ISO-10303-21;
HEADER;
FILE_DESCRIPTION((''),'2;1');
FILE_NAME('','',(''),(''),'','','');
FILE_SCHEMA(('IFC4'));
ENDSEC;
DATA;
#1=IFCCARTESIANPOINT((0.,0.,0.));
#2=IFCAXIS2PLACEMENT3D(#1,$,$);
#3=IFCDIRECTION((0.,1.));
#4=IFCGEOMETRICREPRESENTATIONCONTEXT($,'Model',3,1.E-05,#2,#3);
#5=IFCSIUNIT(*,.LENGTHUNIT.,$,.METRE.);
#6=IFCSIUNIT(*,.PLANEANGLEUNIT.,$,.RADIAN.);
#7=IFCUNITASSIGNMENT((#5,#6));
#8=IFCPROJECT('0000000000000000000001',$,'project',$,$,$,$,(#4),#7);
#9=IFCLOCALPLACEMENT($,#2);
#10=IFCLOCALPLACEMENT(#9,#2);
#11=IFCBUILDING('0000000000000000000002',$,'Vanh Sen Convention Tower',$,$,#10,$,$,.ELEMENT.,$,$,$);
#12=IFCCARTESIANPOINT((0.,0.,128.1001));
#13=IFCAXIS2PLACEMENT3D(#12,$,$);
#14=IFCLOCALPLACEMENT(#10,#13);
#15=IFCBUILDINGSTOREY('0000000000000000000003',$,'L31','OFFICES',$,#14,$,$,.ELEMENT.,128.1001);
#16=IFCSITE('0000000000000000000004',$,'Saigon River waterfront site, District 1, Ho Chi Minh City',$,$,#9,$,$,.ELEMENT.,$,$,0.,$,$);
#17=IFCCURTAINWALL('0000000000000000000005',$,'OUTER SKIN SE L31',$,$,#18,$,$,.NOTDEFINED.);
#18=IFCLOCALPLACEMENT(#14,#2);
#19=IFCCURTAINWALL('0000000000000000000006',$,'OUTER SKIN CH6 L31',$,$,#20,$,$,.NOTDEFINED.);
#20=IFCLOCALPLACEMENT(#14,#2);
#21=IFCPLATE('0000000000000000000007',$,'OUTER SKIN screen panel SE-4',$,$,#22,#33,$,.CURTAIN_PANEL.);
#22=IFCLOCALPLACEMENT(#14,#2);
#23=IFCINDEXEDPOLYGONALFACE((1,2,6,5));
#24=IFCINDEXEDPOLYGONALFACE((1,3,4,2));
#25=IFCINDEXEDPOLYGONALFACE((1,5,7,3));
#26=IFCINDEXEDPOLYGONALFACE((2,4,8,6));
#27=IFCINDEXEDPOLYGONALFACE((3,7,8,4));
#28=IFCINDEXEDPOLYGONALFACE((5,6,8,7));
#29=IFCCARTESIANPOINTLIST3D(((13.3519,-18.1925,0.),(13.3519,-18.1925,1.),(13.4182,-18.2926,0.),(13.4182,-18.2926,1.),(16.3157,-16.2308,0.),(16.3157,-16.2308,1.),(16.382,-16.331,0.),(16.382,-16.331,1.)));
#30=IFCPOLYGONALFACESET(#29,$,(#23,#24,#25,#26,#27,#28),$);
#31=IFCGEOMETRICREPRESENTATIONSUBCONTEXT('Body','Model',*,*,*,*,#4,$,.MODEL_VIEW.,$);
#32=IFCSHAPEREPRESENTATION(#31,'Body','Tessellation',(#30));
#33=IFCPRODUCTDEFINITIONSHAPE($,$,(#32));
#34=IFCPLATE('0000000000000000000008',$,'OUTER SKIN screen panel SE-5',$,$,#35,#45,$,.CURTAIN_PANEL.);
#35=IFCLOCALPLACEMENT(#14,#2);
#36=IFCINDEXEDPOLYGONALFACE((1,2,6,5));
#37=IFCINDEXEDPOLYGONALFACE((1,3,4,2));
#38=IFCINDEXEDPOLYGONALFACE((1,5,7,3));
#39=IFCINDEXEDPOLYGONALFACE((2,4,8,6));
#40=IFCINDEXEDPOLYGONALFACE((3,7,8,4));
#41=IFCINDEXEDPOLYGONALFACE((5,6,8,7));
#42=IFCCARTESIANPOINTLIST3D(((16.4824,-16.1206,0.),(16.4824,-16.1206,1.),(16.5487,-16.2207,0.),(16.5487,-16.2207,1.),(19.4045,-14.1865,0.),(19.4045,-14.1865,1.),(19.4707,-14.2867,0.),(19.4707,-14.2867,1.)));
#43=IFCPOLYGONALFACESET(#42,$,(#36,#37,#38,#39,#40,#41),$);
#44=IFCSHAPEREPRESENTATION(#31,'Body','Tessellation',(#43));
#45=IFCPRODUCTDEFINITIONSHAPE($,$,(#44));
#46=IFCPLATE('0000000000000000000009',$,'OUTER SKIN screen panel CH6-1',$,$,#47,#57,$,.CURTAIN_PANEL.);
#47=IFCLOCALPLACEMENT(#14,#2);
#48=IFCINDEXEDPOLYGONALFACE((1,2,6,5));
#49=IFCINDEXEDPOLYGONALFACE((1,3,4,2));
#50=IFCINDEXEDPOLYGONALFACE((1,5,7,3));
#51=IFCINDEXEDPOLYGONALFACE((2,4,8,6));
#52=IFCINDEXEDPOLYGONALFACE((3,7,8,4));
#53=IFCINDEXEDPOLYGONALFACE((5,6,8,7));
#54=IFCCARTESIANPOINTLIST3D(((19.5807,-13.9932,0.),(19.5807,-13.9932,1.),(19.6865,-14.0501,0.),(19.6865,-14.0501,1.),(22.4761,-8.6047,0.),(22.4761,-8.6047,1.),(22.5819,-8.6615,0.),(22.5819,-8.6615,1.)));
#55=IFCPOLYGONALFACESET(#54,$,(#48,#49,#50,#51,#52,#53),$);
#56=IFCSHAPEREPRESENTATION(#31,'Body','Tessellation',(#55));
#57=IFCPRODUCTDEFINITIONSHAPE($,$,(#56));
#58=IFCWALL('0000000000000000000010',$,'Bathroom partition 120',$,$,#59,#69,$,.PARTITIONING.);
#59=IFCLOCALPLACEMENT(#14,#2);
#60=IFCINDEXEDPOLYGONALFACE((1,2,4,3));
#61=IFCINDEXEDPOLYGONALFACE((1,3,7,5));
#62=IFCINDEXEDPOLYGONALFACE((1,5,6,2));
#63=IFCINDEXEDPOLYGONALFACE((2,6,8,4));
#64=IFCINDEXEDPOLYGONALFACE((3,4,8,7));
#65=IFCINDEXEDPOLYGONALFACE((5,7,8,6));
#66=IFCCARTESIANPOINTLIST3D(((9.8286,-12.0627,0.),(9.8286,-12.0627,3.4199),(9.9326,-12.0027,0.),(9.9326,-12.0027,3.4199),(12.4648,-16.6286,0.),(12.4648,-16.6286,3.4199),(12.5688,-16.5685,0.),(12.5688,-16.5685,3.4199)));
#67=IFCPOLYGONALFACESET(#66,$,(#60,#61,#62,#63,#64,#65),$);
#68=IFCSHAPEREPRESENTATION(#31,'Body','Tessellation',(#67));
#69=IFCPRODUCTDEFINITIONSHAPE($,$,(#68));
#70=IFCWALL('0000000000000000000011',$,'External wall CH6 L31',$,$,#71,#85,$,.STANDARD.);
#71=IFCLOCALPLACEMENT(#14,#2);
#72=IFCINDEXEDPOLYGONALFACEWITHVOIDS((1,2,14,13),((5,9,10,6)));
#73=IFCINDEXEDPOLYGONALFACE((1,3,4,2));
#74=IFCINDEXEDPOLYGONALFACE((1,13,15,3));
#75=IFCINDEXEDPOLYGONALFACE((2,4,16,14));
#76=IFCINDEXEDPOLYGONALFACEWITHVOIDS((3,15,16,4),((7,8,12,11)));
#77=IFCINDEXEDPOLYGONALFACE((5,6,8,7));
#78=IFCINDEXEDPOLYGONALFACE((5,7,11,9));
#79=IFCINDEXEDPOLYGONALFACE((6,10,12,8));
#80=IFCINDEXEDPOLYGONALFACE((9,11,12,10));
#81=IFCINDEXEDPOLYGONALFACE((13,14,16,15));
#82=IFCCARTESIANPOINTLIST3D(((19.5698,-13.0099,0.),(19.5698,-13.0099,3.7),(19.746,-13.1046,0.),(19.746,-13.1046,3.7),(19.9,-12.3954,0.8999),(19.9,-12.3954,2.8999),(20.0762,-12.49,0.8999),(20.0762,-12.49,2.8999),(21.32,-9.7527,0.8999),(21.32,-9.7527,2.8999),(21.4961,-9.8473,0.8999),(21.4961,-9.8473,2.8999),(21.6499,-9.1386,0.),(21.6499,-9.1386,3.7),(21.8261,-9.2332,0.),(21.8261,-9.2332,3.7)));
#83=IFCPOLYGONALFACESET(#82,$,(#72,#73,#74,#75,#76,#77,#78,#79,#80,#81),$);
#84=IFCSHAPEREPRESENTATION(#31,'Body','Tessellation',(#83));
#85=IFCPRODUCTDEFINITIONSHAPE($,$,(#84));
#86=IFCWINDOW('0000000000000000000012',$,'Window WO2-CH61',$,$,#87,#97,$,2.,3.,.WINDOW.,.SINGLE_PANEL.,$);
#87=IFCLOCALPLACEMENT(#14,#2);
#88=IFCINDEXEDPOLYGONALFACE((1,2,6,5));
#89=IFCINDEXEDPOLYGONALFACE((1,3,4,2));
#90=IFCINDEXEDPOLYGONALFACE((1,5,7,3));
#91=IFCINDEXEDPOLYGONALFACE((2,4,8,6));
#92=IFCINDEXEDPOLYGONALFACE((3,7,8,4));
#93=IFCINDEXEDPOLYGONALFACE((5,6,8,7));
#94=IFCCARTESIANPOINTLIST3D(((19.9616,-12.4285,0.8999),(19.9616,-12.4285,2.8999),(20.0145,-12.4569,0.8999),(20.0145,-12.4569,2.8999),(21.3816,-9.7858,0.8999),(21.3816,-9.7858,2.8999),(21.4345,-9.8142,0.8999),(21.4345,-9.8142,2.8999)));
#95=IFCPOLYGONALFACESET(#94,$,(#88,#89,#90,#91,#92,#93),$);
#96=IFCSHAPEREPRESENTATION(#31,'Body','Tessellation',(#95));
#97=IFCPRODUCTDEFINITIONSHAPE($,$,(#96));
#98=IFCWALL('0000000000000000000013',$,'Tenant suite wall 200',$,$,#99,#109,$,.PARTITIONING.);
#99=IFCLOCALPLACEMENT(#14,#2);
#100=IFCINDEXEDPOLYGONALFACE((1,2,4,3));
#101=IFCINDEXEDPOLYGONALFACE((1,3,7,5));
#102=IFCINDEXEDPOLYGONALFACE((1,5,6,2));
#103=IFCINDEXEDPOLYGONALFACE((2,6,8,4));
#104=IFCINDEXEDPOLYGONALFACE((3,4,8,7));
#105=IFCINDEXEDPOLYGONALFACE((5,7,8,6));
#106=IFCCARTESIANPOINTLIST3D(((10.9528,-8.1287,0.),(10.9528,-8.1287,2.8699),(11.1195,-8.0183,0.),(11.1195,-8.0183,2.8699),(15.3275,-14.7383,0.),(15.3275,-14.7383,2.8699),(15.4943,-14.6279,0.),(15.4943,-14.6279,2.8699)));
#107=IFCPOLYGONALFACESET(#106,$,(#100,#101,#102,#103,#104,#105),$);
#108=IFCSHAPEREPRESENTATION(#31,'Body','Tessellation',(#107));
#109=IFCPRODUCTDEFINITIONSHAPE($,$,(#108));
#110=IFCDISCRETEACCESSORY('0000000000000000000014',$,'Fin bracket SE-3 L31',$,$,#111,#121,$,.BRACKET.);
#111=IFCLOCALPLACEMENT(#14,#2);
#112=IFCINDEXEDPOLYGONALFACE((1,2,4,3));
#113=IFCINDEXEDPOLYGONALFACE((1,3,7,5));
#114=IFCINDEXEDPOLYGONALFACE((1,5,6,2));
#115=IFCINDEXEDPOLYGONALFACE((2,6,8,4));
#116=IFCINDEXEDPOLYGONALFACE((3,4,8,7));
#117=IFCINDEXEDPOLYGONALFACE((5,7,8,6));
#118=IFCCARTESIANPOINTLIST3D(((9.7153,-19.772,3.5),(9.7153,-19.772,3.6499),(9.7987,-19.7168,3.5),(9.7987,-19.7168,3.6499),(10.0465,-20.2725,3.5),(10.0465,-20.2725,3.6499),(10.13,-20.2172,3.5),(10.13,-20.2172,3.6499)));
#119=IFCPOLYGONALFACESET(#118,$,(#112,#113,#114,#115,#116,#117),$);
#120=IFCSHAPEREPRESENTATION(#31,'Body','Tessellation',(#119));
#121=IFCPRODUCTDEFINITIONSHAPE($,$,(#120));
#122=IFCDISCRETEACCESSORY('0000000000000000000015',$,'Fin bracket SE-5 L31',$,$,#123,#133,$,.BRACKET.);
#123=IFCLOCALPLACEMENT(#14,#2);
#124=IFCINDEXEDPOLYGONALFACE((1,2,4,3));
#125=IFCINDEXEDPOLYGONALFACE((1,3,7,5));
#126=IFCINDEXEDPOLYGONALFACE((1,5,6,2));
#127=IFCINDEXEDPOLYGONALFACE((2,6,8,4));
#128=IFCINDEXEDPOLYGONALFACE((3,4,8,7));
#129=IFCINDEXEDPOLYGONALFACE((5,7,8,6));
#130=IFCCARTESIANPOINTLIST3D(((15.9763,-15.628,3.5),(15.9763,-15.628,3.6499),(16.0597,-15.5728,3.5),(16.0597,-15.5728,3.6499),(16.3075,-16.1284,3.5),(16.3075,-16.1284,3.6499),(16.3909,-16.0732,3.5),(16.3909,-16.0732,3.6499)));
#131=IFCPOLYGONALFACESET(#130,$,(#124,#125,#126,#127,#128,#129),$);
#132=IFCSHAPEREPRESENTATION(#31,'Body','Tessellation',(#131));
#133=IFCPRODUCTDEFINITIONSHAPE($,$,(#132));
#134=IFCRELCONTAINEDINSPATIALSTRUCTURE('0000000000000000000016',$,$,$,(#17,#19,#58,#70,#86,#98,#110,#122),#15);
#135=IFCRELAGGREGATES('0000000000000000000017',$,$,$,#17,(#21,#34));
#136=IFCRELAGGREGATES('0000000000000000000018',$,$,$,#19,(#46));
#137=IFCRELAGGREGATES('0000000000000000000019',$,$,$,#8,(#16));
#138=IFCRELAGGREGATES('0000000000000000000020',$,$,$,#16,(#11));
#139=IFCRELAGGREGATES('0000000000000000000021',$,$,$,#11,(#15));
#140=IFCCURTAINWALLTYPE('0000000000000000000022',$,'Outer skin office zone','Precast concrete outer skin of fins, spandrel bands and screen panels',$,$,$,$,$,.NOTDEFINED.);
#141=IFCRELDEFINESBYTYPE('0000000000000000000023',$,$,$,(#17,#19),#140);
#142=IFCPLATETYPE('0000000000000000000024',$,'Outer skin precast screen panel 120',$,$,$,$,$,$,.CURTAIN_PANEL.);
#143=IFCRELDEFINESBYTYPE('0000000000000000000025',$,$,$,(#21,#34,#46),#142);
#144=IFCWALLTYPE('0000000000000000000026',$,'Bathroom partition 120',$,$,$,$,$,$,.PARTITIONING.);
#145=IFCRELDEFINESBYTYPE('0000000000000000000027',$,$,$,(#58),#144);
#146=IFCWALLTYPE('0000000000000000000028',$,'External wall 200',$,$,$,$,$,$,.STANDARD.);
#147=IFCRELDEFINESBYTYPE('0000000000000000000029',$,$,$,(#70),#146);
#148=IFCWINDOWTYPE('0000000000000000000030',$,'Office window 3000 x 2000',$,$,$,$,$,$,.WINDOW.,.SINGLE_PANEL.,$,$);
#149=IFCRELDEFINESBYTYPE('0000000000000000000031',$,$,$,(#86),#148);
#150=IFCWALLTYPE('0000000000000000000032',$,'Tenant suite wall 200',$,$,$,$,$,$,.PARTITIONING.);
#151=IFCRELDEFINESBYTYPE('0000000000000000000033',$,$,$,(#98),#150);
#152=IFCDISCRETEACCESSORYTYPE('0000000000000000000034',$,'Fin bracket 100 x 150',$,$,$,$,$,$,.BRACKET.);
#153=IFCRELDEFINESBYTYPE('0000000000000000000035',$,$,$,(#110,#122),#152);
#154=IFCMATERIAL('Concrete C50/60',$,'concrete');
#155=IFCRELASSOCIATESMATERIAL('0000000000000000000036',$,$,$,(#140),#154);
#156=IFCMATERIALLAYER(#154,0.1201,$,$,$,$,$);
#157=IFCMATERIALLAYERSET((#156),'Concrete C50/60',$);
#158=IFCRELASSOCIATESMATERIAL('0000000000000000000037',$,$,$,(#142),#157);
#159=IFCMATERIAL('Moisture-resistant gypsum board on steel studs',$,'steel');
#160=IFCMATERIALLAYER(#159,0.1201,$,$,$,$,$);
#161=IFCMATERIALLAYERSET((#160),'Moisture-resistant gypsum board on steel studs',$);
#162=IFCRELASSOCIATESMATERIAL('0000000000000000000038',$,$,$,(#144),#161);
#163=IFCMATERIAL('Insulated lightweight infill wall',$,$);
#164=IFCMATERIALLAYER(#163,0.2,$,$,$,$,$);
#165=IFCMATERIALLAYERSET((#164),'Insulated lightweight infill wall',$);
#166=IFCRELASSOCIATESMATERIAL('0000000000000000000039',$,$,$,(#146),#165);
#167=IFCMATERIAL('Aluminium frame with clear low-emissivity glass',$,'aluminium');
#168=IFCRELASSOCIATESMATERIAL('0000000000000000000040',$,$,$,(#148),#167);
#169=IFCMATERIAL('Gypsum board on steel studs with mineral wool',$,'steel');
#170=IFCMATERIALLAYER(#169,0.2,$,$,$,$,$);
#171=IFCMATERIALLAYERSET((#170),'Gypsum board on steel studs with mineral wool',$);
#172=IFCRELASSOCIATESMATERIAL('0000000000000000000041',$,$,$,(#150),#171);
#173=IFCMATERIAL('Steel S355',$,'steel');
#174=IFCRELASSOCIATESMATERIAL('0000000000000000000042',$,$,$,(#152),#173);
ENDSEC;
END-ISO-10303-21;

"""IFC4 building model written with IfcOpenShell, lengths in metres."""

from ifc_helpers import new_model, si_unit, direction, frame, frame_2d, origin, origin_2d, place, context, subcontext, project, spatial, rectangle, extrude, material, layer, layer_set, type_object, element, fill, aggregate, save


model = new_model("IFC4")

# Units and contexts
model_context = context("Model", 3, precision=1e-05, world=origin(), true_north=direction((0.0, 1.0)))
body_context = subcontext(model_context, "Body", "Model", "MODEL_VIEW")
ifc_project = project(units=[si_unit("LENGTHUNIT", "METRE"), si_unit("PLANEANGLEUNIT", "RADIAN")], contexts=[model_context])

# Site, building, storey
site_placement = place(None, origin())
site = spatial("IfcSite", under=ifc_project, at=site_placement, Name="Saigon River waterfront site, District 1, Ho Chi Minh City", CompositionType="ELEMENT", RefElevation=0.0)
building_placement = place(site_placement, origin())
building = spatial("IfcBuilding", under=site, at=building_placement, Name="Vanh Sen Convention Tower", CompositionType="ELEMENT")
storey_placement = place(building_placement, frame((0.0, 0.0, 128.1001)))
storey = spatial("IfcBuildingStorey", under=building, at=storey_placement, Name="L31", Description="OFFICES", CompositionType="ELEMENT", Elevation=128.1001)

# Curtain wall
ifc_material_1 = material(Name="Concrete C50/60", Category="concrete")
curtain_wall_type = type_object("IfcCurtainWallType", Name="Outer skin office zone", Description="Precast concrete outer skin of fins, spandrel bands and screen panels", PredefinedType="NOTDEFINED", material=ifc_material_1)
curtain_wall_1_placement = place(storey_placement, origin())
curtain_wall_1 = element("IfcCurtainWall", 1, at=curtain_wall_1_placement, inside=storey, type_object=curtain_wall_type, Name="OUTER SKIN SE L31", PredefinedType="NOTDEFINED")

# Curtain wall
curtain_wall_2_placement = place(storey_placement, origin())
curtain_wall_2 = element("IfcCurtainWall", 2, at=curtain_wall_2_placement, inside=storey, type_object=curtain_wall_type, Name="OUTER SKIN CH6 L31", PredefinedType="NOTDEFINED")

# Plates
ifc_layer_1 = layer(ifc_material_1, 0.1201)
ifc_layer_set_1 = layer_set([ifc_layer_1], Name="Concrete C50/60")
plate_type = type_object("IfcPlateType", Name="Outer skin precast screen panel 120", PredefinedType="CURTAIN_PANEL", material=ifc_layer_set_1)
plate_1_placement = place(storey_placement, frame((14.8669, -17.2617, 0.0), z_axis=(0.0, 0.0, 1.0), x_axis=(0.83389, 0.551931, 0.0)))
plate_1 = element("IfcPlate", 3, at=plate_1_placement, type_object=plate_type, Name="OUTER SKIN screen panel SE-4", PredefinedType="CURTAIN_PANEL", context=body_context, shape_type="SweptSolid", body=[
    extrude(rectangle(XDim=3.5542, YDim=0.1201, at=origin_2d()), origin(), (0.0, 0.0, 1.0), 1.0),
])
plate_2_placement = place(storey_placement, frame((17.9766, -15.2036, 0.0), z_axis=(0.0, 0.0, 1.0), x_axis=(0.83389, 0.551931, 0.0)))
plate_2 = element("IfcPlate", 4, at=plate_2_placement, type_object=plate_type, Name="OUTER SKIN screen panel SE-5", PredefinedType="CURTAIN_PANEL", context=body_context, shape_type="SweptSolid", body=[
    extrude(rectangle(XDim=3.5042, YDim=0.1201, at=origin_2d()), origin(), (0.0, 0.0, 1.0), 1.0),
])
aggregate(curtain_wall_1, [plate_1, plate_2])
plate_3_placement = place(storey_placement, frame((21.0813, -11.3274, 0.0), z_axis=(0.0, 0.0, 1.0), x_axis=(0.473321, 0.88089, 0.0)))
plate_3 = element("IfcPlate", 5, at=plate_3_placement, type_object=plate_type, Name="OUTER SKIN screen panel CH6-1", PredefinedType="CURTAIN_PANEL", context=body_context, shape_type="SweptSolid", body=[
    extrude(rectangle(XDim=6.1172, YDim=0.1201, at=origin_2d()), origin(), (0.0, 0.0, 1.0), 1.0),
])
aggregate(curtain_wall_2, [plate_3])

# Wall
ifc_material_2 = material(Name="Moisture-resistant gypsum board on steel studs", Category="steel")
ifc_layer_2 = layer(ifc_material_2, 0.1201)
ifc_layer_set_2 = layer_set([ifc_layer_2], Name="Moisture-resistant gypsum board on steel studs")
wall_type_1 = type_object("IfcWallType", Name="Bathroom partition 120", PredefinedType="PARTITIONING", material=ifc_layer_set_2)
wall_1_placement = place(storey_placement, frame((12.5168, -16.5986, 0.0), z_axis=(0.0, 0.0, 1.0), x_axis=(-0.500014, 0.866017, 0.0)))
element("IfcWall", 6, at=wall_1_placement, inside=storey, type_object=wall_type_1, Name="Bathroom partition 120", PredefinedType="PARTITIONING", context=body_context, shape_type="SweptSolid", body=[
    extrude(rectangle(XDim=5.2722, YDim=0.1201, at=frame_2d((2.6362, 0.0))), origin(), (0.0, 0.0, 1.0), 3.4199),
])

# Wall, opening, window
ifc_material_3 = material(Name="Insulated lightweight infill wall")
ifc_layer_3 = layer(ifc_material_3, 0.2)
ifc_layer_set_3 = layer_set([ifc_layer_3], Name="Insulated lightweight infill wall")
wall_type_2 = type_object("IfcWallType", Name="External wall 200", PredefinedType="STANDARD", material=ifc_layer_set_3)
wall_2_placement = place(storey_placement, frame((19.658, -13.0571, 0.0), z_axis=(0.0, 0.0, 1.0), x_axis=(0.473308, 0.880897, 0.0)))
wall_2 = element("IfcWall", 7, at=wall_2_placement, inside=storey, type_object=wall_type_2, Name="External wall CH6 L31", PredefinedType="STANDARD", context=body_context, shape_type="SweptSolid", body=[
    extrude(rectangle(XDim=4.3948, YDim=0.2, at=frame_2d((2.1973, 0.0))), origin(), (0.0, 0.0, 1.0), 3.7),
])
opening_placement = place(wall_2_placement, frame((0.6975, 0.0, 0.8999)))
opening = element("IfcOpeningElement", 8, at=opening_placement, cuts=wall_2, PredefinedType="OPENING", context=body_context, shape_type="SweptSolid", body=[
    extrude(rectangle(XDim=3.0, YDim=2.0, at=frame_2d((1.5, 1.0))), frame((0.0, 0.1099, 0.0), z_axis=(0.0, -1.0, 0.0), x_axis=(1.0, 0.0, 0.0)), (0.0, 0.0, 1.0), 0.22),
])
ifc_material_4 = material(Name="Aluminium frame with clear low-emissivity glass", Category="aluminium")
window_type = type_object("IfcWindowType", Name="Office window 3000 x 2000", PartitioningType="SINGLE_PANEL", PredefinedType="WINDOW", material=ifc_material_4)
window_placement = place(opening_placement, origin())
window = element("IfcWindow", 9, at=window_placement, inside=storey, type_object=window_type, Name="Window WO2-CH61", OverallHeight=2.0, OverallWidth=3.0, PartitioningType="SINGLE_PANEL", PredefinedType="WINDOW", context=body_context, shape_type="SweptSolid", body=[
    extrude(rectangle(XDim=3.0, YDim=2.0, at=frame_2d((1.5, 1.0))), frame((0.0, 0.03, 0.0), z_axis=(0.0, -1.0, 0.0), x_axis=(1.0, 0.0, 0.0)), (0.0, 0.0, 1.0), 0.0601),
])
fill(opening, window)

# Wall
ifc_material_5 = material(Name="Gypsum board on steel studs with mineral wool", Category="steel")
ifc_layer_4 = layer(ifc_material_5, 0.2)
ifc_layer_set_4 = layer_set([ifc_layer_4], Name="Gypsum board on steel studs with mineral wool")
wall_type_3 = type_object("IfcWallType", Name="Tenant suite wall 200", PredefinedType="PARTITIONING", material=ifc_layer_set_4)
wall_3_placement = place(storey_placement, frame((15.4109, -14.6831, 0.0), z_axis=(0.0, 0.0, 1.0), x_axis=(-0.551932, 0.833889, 0.0)))
element("IfcWall", 10, at=wall_3_placement, inside=storey, type_object=wall_type_3, Name="Tenant suite wall 200", PredefinedType="PARTITIONING", context=body_context, shape_type="SweptSolid", body=[
    extrude(rectangle(XDim=7.9263, YDim=0.2, at=frame_2d((3.9631, 0.0))), origin(), (0.0, 0.0, 1.0), 2.8699),
])

# Discrete accessories
ifc_material_6 = material(Name="Steel S355", Category="steel")
discrete_accessory_type = type_object("IfcDiscreteAccessoryType", Name="Fin bracket 100 x 150", PredefinedType="BRACKET", material=ifc_material_6)
for number, where, z_axis, x_axis, name in (
    (11, (9.9226, -19.9946, 3.5), (0.0, 0.0, 1.0), (0.551937, -0.833886, 0.0), "Fin bracket SE-3 L31"),
    (12, (16.1836, -15.8506, 3.5), (0.0, 0.0, 1.0), (0.551937, -0.833886, 0.0), "Fin bracket SE-5 L31"),
):
    element("IfcDiscreteAccessory", number, at=place(storey_placement, frame(where, z_axis=z_axis, x_axis=x_axis)), inside=storey, type_object=discrete_accessory_type, Name=name, PredefinedType="BRACKET", context=body_context, shape_type="SweptSolid", body=[
        extrude(rectangle(XDim=0.6001, YDim=0.1001, at=origin_2d()), origin(), (0.0, 0.0, 1.0), 0.1499),
    ])

save(model, "model.ifc")
